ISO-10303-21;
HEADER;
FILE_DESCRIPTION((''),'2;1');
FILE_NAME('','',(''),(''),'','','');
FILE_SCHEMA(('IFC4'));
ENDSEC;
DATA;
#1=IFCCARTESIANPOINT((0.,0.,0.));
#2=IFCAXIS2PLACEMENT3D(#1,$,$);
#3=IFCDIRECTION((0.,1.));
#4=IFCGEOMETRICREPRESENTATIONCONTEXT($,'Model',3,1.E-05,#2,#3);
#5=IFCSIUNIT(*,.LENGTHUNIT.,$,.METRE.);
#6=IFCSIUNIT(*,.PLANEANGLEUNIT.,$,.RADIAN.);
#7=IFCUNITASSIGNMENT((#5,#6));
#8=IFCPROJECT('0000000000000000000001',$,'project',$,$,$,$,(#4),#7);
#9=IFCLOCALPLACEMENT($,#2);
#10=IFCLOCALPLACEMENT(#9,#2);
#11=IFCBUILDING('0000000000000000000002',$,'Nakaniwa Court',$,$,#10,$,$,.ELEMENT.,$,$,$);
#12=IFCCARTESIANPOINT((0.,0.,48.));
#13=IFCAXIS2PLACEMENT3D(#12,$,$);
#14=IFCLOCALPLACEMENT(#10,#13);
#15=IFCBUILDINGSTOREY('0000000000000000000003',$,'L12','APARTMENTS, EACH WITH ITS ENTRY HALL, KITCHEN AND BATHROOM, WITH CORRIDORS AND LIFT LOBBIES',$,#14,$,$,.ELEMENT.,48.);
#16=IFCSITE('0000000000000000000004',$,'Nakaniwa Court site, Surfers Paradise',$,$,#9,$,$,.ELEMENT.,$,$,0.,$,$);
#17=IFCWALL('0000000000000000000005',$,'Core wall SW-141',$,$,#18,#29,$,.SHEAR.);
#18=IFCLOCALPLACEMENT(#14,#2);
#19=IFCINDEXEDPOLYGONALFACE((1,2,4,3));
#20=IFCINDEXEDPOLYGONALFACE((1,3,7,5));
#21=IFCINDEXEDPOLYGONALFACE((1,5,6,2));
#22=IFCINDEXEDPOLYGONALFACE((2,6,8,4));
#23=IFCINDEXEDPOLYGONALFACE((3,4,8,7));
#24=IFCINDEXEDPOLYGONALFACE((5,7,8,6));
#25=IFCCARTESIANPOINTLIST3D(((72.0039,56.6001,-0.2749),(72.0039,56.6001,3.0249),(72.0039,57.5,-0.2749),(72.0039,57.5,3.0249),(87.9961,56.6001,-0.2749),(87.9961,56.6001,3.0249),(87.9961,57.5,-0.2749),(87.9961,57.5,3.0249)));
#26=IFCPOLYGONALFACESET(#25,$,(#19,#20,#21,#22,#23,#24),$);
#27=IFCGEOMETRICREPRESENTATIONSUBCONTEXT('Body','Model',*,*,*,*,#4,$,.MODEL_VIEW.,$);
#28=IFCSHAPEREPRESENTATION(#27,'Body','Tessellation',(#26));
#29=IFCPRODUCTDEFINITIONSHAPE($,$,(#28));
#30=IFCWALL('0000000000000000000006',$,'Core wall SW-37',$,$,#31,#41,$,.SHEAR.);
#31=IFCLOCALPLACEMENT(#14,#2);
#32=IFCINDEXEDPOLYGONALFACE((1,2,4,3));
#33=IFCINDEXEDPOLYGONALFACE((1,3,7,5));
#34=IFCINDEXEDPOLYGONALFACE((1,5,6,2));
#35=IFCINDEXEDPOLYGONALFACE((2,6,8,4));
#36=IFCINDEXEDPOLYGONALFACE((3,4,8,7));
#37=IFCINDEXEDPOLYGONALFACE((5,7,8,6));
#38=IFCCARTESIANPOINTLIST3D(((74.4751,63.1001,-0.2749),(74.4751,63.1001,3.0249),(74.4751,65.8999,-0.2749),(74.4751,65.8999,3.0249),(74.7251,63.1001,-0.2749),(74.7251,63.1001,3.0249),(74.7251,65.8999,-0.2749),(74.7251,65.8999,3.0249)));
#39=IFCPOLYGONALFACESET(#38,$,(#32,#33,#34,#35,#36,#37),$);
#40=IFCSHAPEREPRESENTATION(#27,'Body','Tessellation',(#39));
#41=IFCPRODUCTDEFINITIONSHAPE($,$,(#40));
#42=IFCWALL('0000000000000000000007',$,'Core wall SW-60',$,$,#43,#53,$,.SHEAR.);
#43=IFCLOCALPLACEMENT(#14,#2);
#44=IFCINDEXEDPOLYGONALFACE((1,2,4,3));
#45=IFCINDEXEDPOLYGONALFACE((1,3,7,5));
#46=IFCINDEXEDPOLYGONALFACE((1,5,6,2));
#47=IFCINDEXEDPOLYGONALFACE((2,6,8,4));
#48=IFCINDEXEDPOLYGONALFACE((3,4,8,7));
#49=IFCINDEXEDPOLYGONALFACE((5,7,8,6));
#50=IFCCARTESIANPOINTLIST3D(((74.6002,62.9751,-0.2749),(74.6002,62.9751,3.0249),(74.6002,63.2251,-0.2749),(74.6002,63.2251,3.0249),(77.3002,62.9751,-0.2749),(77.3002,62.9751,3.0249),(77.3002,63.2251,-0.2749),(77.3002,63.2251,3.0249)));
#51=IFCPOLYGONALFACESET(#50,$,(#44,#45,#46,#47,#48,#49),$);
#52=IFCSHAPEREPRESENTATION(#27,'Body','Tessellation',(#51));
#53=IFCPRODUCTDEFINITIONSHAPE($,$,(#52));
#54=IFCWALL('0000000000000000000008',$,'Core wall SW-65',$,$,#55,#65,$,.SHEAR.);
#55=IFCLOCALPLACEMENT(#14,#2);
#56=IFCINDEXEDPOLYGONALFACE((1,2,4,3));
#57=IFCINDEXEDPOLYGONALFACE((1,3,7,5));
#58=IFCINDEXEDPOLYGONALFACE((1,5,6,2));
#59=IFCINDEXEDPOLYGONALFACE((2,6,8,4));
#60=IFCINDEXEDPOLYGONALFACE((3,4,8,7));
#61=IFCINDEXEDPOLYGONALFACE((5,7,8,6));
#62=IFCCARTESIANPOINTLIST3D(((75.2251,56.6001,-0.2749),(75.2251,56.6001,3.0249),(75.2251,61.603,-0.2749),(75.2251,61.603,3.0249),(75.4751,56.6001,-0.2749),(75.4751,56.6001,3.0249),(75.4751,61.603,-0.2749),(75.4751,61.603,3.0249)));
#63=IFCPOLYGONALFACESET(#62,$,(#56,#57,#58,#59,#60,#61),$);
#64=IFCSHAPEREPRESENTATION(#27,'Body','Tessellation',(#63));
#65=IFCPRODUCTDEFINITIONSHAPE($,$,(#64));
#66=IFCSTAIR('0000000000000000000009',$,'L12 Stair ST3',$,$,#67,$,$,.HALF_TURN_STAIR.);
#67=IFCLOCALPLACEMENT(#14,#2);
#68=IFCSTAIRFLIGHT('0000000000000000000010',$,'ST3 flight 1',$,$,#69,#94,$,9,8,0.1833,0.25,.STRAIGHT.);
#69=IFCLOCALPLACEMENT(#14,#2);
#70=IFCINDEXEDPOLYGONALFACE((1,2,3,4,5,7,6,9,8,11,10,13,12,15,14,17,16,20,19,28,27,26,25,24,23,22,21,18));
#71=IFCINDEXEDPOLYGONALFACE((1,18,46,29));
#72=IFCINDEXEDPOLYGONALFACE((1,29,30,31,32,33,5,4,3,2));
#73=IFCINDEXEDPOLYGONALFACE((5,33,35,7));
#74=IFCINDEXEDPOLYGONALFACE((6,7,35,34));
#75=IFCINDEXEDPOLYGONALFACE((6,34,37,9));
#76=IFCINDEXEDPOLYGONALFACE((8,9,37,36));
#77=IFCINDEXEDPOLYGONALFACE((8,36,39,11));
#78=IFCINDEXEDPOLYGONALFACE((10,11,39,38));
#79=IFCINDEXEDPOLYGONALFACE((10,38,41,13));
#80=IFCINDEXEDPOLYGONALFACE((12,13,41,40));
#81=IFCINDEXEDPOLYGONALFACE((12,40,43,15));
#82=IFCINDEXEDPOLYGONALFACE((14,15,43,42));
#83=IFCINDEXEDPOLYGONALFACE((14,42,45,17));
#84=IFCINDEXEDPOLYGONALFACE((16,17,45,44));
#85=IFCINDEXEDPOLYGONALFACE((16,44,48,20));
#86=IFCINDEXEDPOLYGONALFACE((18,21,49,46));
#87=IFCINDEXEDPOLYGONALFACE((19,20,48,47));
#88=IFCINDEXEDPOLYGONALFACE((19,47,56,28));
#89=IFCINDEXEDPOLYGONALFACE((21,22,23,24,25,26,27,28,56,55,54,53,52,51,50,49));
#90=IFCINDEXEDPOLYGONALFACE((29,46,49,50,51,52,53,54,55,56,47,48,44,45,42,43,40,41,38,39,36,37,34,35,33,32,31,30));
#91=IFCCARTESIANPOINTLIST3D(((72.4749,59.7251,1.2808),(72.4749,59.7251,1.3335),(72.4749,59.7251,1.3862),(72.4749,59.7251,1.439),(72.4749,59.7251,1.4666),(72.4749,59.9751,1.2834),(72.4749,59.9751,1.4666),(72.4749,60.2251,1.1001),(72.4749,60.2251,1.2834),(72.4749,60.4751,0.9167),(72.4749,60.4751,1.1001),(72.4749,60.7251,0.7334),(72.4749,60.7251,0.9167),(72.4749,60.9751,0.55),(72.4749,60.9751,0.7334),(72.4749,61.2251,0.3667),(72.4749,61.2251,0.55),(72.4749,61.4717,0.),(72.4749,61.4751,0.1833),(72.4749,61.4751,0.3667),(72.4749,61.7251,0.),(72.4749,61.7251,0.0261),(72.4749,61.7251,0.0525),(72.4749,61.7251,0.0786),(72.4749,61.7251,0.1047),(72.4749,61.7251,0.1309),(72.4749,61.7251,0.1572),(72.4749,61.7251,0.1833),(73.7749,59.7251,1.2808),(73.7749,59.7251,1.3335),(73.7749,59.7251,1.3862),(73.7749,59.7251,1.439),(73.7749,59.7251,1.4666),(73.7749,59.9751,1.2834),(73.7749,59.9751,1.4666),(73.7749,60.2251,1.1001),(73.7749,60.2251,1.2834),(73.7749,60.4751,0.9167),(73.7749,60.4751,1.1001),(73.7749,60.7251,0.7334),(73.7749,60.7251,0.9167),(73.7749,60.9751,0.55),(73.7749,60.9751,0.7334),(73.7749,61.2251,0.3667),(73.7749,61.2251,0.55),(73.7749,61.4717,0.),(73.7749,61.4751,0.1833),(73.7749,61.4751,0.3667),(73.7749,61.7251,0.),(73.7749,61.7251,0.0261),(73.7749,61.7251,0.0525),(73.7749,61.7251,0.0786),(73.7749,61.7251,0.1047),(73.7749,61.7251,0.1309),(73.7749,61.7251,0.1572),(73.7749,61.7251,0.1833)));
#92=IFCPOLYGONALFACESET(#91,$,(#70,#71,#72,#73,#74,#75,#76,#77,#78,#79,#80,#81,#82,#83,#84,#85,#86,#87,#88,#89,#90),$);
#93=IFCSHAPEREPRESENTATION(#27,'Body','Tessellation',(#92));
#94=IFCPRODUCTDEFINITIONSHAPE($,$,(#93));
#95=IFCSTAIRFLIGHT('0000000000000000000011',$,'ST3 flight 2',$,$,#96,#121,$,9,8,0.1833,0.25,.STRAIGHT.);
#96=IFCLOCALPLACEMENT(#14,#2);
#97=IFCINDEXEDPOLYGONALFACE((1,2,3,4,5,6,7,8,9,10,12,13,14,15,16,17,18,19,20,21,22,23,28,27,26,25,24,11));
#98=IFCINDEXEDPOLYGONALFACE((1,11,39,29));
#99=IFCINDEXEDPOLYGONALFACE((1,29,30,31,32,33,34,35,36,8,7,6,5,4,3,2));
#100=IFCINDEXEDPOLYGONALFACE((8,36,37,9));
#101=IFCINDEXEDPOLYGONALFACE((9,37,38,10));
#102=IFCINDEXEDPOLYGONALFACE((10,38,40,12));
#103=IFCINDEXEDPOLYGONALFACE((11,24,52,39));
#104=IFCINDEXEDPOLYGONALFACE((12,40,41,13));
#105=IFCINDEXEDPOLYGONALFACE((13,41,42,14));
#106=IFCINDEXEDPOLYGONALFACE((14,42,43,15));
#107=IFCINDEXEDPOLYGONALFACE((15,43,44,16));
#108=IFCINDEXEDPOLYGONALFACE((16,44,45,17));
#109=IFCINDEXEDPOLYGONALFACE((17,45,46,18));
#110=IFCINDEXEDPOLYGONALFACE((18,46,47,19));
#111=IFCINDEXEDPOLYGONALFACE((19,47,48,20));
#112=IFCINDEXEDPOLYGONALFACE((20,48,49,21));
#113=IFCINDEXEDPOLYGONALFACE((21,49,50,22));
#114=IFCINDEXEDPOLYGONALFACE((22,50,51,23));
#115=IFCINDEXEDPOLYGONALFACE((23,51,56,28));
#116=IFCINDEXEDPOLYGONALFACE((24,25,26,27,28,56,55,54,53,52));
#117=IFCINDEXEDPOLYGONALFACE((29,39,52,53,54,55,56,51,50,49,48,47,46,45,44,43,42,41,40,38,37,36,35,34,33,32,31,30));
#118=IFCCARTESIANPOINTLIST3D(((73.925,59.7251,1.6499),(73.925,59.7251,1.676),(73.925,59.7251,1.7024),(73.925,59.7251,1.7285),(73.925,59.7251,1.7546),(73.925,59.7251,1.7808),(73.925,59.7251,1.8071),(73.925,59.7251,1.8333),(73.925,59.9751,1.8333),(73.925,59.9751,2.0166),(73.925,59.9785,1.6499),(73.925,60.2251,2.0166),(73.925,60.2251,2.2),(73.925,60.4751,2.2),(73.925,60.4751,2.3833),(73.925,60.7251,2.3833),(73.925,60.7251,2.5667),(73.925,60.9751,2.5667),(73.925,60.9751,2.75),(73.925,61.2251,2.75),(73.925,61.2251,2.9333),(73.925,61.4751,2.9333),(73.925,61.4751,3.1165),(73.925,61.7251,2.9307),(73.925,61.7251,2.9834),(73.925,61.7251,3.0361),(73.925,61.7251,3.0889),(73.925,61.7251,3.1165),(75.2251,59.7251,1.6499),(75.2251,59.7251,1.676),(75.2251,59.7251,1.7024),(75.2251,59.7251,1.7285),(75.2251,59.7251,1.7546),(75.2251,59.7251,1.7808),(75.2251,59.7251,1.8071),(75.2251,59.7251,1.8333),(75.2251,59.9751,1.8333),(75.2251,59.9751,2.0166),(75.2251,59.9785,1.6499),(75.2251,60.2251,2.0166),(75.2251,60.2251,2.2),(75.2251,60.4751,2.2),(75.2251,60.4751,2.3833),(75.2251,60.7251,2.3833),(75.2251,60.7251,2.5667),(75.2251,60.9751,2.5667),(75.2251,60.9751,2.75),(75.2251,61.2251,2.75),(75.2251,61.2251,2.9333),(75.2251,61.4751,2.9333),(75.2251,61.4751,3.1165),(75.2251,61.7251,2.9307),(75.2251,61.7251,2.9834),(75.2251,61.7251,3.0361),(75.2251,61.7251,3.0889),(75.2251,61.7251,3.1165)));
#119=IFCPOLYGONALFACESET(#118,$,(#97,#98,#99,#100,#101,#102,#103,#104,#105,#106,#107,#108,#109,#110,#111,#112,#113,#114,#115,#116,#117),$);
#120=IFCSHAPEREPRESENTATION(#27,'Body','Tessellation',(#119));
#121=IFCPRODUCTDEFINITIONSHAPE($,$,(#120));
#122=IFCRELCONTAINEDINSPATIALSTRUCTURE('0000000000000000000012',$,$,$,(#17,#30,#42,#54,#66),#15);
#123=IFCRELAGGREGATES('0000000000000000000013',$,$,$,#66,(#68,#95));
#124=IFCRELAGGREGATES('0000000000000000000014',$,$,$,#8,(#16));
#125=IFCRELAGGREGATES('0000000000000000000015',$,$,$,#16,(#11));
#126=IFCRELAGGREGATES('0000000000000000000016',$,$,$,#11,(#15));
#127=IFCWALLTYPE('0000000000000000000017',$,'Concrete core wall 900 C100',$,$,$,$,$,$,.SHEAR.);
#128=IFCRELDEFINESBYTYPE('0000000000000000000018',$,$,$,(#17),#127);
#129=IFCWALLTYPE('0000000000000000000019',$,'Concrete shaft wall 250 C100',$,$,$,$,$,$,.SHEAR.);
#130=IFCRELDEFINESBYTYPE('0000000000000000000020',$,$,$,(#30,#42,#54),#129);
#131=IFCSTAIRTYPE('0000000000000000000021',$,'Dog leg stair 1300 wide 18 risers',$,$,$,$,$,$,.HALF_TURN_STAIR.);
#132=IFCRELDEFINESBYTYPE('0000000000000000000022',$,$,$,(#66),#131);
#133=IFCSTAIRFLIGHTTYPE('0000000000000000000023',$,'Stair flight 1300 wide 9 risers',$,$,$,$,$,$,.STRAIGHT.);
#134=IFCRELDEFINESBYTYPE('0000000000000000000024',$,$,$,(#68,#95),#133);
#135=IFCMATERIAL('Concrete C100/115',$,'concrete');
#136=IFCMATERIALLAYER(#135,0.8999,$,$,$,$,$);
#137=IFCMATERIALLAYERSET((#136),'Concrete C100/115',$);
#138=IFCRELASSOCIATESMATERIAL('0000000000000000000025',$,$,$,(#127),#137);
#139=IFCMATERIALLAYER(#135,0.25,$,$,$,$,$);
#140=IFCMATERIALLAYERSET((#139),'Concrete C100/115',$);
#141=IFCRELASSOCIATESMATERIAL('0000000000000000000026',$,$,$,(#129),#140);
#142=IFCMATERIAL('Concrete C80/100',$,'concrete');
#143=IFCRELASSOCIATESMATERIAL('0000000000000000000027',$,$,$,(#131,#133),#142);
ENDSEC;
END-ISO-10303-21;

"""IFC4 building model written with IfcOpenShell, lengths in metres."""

from ifc_helpers import new_model, si_unit, direction, frame, frame_2d, origin, place, context, subcontext, project, spatial, polyline, rectangle, outline, extrude, material, layer, layer_set, type_object, element, aggregate, save


model = new_model("IFC4")

# Units and contexts
model_context = context("Model", 3, precision=1e-05, world=origin(), true_north=direction((0.0, 1.0)))
body_context = subcontext(model_context, "Body", "Model", "MODEL_VIEW")
ifc_project = project(units=[si_unit("LENGTHUNIT", "METRE"), si_unit("PLANEANGLEUNIT", "RADIAN")], contexts=[model_context])

# Site, building, storey
site_placement = place(None, origin())
site = spatial("IfcSite", under=ifc_project, at=site_placement, Name="Nakaniwa Court site, Surfers Paradise", CompositionType="ELEMENT", RefElevation=0.0)
building_placement = place(site_placement, origin())
building = spatial("IfcBuilding", under=site, at=building_placement, Name="Nakaniwa Court", CompositionType="ELEMENT")
storey_placement = place(building_placement, frame((0.0, 0.0, 48.0)))
storey = spatial("IfcBuildingStorey", under=building, at=storey_placement, Name="L12", Description="APARTMENTS, EACH WITH ITS ENTRY HALL, KITCHEN AND BATHROOM, WITH CORRIDORS AND LIFT LOBBIES", CompositionType="ELEMENT", Elevation=48.0)

# Shared definitions
ifc_material_1 = material(Name="Concrete C80/100", Category="concrete")

# Shared definitions
ifc_material_2 = material(Name="Concrete C100/115", Category="concrete")

# Walls
ifc_layer_1 = layer(ifc_material_2, 0.8999)
ifc_layer_set_1 = layer_set([ifc_layer_1], Name="Concrete C100/115")
wall_type_1 = type_object("IfcWallType", Name="Concrete core wall 900 C100", PredefinedType="SHEAR", material=ifc_layer_set_1)
wall_1_placement = place(storey_placement, frame((72.0039, 57.05, -0.2749), z_axis=(0.0, 0.0, 1.0), x_axis=(1.0, 0.0, 0.0)))
element("IfcWall", 1, at=wall_1_placement, inside=storey, type_object=wall_type_1, Name="Core wall SW-141", PredefinedType="SHEAR", context=body_context, shape_type="SweptSolid", body=[
    extrude(rectangle(XDim=15.9922, YDim=0.8999, at=frame_2d((7.9961, 0.0))), origin(), (0.0, 0.0, 1.0), 3.2998),
])
ifc_layer_2 = layer(ifc_material_2, 0.25)
ifc_layer_set_2 = layer_set([ifc_layer_2], Name="Concrete C100/115")
wall_type_2 = type_object("IfcWallType", Name="Concrete shaft wall 250 C100", PredefinedType="SHEAR", material=ifc_layer_set_2)
wall_2_placement = place(storey_placement, frame((74.6001, 63.1001, -0.2749), z_axis=(0.0, 0.0, 1.0), x_axis=(0.0, 1.0, 0.0)))
element("IfcWall", 2, at=wall_2_placement, inside=storey, type_object=wall_type_2, Name="Core wall SW-37", PredefinedType="SHEAR", context=body_context, shape_type="SweptSolid", body=[
    extrude(rectangle(XDim=2.7998, YDim=0.25, at=frame_2d((1.3999, 0.0))), origin(), (0.0, 0.0, 1.0), 3.2998),
])
wall_3_placement = place(storey_placement, frame((74.6001, 63.1001, -0.2749), z_axis=(0.0, 0.0, 1.0), x_axis=(1.0, 0.0, 0.0)))
element("IfcWall", 3, at=wall_3_placement, inside=storey, type_object=wall_type_2, Name="Core wall SW-60", PredefinedType="SHEAR", context=body_context, shape_type="SweptSolid", body=[
    extrude(rectangle(XDim=2.7, YDim=0.25, at=frame_2d((1.3501, 0.0))), origin(), (0.0, 0.0, 1.0), 3.2998),
])
wall_4_placement = place(storey_placement, frame((75.3501, 56.6001, -0.2749), z_axis=(0.0, 0.0, 1.0), x_axis=(0.0, 1.0, 0.0)))
element("IfcWall", 4, at=wall_4_placement, inside=storey, type_object=wall_type_2, Name="Core wall SW-65", PredefinedType="SHEAR", context=body_context, shape_type="SweptSolid", body=[
    extrude(rectangle(XDim=5.0029, YDim=0.25, at=frame_2d((2.5015, 0.0))), origin(), (0.0, 0.0, 1.0), 3.2998),
])

# Stair, stair flights
stair_type = type_object("IfcStairType", Name="Dog leg stair 1300 wide 18 risers", PredefinedType="HALF_TURN_STAIR", material=ifc_material_1)
stair_placement = place(storey_placement, origin())
stair = element("IfcStair", 5, at=stair_placement, inside=storey, type_object=stair_type, Name="L12 Stair ST3", PredefinedType="HALF_TURN_STAIR")
stair_flight_type = type_object("IfcStairFlightType", Name="Stair flight 1300 wide 9 risers", PredefinedType="STRAIGHT", material=ifc_material_1)
stair_flight_1_placement = place(storey_placement, frame((73.125, 61.7251, 0.0), z_axis=(0.0, 0.0, 1.0), x_axis=(0.0, -1.0, 0.0)))
stair_flight_1 = element("IfcStairFlight", 6, at=stair_flight_1_placement, type_object=stair_flight_type, Name="ST3 flight 1", NumberOfRisers=9, NumberOfTreads=8, PredefinedType="STRAIGHT", RiserHeight=0.1833, TreadLength=0.25, context=body_context, shape_type="SweptSolid", body=[
    extrude(outline(polyline([(0.0, 0.0), (0.0, 0.0261), (0.0, 0.0525), (0.0, 0.0786), (0.0, 0.1047), (0.0, 0.1309), (0.0, 0.1572), (0.0, 0.1833), (0.25, 0.1833), (0.25, 0.3667), (0.5, 0.3667), (0.5, 0.55), (0.75, 0.55), (0.75, 0.7334), (1.0, 0.7334), (1.0, 0.9167), (1.25, 0.9167), (1.25, 1.1001), (1.5, 1.1001), (1.5, 1.2834), (1.75, 1.2834), (1.75, 1.4666), (2.0, 1.4666), (2.0, 1.6499), (2.0, 1.5972), (2.0, 1.5444), (2.0, 1.4917), (2.0, 1.439), (2.0, 1.3862), (2.0, 1.3335), (2.0, 1.2808), (0.2534, 0.0), (0.0, 0.0)])), frame((0.0, 0.6499, 0.0), z_axis=(0.0, -1.0, 0.0), x_axis=(1.0, 0.0, 0.0)), (0.0, 0.0, 1.0), 1.3),
])
stair_flight_2_placement = place(storey_placement, frame((74.575, 59.7251, 1.6499), z_axis=(0.0, 0.0, 1.0), x_axis=(0.0, 1.0, 0.0)))
stair_flight_2 = element("IfcStairFlight", 7, at=stair_flight_2_placement, type_object=stair_flight_type, Name="ST3 flight 2", NumberOfRisers=9, NumberOfTreads=8, PredefinedType="STRAIGHT", RiserHeight=0.1833, TreadLength=0.25, context=body_context, shape_type="SweptSolid", body=[
    extrude(outline(polyline([(0.0, 0.0), (0.0, 0.0261), (0.0, 0.0525), (0.0, 0.0786), (0.0, 0.1047), (0.0, 0.1309), (0.0, 0.1572), (0.0, 0.1833), (0.25, 0.1833), (0.25, 0.3667), (0.5, 0.3667), (0.5, 0.55), (0.75, 0.55), (0.75, 0.7334), (1.0, 0.7334), (1.0, 0.9167), (1.25, 0.9167), (1.25, 1.1001), (1.5, 1.1001), (1.5, 1.2834), (1.75, 1.2834), (1.75, 1.4666), (2.0, 1.4666), (2.0, 1.6499), (2.0, 1.5972), (2.0, 1.5444), (2.0, 1.4917), (2.0, 1.439), (2.0, 1.3862), (2.0, 1.3335), (2.0, 1.2808), (0.2534, 0.0), (0.0, 0.0)])), frame((0.0, 0.6499, 0.0), z_axis=(0.0, -1.0, 0.0), x_axis=(1.0, 0.0, 0.0)), (0.0, 0.0, 1.0), 1.3),
])
aggregate(stair, [stair_flight_1, stair_flight_2])

save(model, "model.ifc")
